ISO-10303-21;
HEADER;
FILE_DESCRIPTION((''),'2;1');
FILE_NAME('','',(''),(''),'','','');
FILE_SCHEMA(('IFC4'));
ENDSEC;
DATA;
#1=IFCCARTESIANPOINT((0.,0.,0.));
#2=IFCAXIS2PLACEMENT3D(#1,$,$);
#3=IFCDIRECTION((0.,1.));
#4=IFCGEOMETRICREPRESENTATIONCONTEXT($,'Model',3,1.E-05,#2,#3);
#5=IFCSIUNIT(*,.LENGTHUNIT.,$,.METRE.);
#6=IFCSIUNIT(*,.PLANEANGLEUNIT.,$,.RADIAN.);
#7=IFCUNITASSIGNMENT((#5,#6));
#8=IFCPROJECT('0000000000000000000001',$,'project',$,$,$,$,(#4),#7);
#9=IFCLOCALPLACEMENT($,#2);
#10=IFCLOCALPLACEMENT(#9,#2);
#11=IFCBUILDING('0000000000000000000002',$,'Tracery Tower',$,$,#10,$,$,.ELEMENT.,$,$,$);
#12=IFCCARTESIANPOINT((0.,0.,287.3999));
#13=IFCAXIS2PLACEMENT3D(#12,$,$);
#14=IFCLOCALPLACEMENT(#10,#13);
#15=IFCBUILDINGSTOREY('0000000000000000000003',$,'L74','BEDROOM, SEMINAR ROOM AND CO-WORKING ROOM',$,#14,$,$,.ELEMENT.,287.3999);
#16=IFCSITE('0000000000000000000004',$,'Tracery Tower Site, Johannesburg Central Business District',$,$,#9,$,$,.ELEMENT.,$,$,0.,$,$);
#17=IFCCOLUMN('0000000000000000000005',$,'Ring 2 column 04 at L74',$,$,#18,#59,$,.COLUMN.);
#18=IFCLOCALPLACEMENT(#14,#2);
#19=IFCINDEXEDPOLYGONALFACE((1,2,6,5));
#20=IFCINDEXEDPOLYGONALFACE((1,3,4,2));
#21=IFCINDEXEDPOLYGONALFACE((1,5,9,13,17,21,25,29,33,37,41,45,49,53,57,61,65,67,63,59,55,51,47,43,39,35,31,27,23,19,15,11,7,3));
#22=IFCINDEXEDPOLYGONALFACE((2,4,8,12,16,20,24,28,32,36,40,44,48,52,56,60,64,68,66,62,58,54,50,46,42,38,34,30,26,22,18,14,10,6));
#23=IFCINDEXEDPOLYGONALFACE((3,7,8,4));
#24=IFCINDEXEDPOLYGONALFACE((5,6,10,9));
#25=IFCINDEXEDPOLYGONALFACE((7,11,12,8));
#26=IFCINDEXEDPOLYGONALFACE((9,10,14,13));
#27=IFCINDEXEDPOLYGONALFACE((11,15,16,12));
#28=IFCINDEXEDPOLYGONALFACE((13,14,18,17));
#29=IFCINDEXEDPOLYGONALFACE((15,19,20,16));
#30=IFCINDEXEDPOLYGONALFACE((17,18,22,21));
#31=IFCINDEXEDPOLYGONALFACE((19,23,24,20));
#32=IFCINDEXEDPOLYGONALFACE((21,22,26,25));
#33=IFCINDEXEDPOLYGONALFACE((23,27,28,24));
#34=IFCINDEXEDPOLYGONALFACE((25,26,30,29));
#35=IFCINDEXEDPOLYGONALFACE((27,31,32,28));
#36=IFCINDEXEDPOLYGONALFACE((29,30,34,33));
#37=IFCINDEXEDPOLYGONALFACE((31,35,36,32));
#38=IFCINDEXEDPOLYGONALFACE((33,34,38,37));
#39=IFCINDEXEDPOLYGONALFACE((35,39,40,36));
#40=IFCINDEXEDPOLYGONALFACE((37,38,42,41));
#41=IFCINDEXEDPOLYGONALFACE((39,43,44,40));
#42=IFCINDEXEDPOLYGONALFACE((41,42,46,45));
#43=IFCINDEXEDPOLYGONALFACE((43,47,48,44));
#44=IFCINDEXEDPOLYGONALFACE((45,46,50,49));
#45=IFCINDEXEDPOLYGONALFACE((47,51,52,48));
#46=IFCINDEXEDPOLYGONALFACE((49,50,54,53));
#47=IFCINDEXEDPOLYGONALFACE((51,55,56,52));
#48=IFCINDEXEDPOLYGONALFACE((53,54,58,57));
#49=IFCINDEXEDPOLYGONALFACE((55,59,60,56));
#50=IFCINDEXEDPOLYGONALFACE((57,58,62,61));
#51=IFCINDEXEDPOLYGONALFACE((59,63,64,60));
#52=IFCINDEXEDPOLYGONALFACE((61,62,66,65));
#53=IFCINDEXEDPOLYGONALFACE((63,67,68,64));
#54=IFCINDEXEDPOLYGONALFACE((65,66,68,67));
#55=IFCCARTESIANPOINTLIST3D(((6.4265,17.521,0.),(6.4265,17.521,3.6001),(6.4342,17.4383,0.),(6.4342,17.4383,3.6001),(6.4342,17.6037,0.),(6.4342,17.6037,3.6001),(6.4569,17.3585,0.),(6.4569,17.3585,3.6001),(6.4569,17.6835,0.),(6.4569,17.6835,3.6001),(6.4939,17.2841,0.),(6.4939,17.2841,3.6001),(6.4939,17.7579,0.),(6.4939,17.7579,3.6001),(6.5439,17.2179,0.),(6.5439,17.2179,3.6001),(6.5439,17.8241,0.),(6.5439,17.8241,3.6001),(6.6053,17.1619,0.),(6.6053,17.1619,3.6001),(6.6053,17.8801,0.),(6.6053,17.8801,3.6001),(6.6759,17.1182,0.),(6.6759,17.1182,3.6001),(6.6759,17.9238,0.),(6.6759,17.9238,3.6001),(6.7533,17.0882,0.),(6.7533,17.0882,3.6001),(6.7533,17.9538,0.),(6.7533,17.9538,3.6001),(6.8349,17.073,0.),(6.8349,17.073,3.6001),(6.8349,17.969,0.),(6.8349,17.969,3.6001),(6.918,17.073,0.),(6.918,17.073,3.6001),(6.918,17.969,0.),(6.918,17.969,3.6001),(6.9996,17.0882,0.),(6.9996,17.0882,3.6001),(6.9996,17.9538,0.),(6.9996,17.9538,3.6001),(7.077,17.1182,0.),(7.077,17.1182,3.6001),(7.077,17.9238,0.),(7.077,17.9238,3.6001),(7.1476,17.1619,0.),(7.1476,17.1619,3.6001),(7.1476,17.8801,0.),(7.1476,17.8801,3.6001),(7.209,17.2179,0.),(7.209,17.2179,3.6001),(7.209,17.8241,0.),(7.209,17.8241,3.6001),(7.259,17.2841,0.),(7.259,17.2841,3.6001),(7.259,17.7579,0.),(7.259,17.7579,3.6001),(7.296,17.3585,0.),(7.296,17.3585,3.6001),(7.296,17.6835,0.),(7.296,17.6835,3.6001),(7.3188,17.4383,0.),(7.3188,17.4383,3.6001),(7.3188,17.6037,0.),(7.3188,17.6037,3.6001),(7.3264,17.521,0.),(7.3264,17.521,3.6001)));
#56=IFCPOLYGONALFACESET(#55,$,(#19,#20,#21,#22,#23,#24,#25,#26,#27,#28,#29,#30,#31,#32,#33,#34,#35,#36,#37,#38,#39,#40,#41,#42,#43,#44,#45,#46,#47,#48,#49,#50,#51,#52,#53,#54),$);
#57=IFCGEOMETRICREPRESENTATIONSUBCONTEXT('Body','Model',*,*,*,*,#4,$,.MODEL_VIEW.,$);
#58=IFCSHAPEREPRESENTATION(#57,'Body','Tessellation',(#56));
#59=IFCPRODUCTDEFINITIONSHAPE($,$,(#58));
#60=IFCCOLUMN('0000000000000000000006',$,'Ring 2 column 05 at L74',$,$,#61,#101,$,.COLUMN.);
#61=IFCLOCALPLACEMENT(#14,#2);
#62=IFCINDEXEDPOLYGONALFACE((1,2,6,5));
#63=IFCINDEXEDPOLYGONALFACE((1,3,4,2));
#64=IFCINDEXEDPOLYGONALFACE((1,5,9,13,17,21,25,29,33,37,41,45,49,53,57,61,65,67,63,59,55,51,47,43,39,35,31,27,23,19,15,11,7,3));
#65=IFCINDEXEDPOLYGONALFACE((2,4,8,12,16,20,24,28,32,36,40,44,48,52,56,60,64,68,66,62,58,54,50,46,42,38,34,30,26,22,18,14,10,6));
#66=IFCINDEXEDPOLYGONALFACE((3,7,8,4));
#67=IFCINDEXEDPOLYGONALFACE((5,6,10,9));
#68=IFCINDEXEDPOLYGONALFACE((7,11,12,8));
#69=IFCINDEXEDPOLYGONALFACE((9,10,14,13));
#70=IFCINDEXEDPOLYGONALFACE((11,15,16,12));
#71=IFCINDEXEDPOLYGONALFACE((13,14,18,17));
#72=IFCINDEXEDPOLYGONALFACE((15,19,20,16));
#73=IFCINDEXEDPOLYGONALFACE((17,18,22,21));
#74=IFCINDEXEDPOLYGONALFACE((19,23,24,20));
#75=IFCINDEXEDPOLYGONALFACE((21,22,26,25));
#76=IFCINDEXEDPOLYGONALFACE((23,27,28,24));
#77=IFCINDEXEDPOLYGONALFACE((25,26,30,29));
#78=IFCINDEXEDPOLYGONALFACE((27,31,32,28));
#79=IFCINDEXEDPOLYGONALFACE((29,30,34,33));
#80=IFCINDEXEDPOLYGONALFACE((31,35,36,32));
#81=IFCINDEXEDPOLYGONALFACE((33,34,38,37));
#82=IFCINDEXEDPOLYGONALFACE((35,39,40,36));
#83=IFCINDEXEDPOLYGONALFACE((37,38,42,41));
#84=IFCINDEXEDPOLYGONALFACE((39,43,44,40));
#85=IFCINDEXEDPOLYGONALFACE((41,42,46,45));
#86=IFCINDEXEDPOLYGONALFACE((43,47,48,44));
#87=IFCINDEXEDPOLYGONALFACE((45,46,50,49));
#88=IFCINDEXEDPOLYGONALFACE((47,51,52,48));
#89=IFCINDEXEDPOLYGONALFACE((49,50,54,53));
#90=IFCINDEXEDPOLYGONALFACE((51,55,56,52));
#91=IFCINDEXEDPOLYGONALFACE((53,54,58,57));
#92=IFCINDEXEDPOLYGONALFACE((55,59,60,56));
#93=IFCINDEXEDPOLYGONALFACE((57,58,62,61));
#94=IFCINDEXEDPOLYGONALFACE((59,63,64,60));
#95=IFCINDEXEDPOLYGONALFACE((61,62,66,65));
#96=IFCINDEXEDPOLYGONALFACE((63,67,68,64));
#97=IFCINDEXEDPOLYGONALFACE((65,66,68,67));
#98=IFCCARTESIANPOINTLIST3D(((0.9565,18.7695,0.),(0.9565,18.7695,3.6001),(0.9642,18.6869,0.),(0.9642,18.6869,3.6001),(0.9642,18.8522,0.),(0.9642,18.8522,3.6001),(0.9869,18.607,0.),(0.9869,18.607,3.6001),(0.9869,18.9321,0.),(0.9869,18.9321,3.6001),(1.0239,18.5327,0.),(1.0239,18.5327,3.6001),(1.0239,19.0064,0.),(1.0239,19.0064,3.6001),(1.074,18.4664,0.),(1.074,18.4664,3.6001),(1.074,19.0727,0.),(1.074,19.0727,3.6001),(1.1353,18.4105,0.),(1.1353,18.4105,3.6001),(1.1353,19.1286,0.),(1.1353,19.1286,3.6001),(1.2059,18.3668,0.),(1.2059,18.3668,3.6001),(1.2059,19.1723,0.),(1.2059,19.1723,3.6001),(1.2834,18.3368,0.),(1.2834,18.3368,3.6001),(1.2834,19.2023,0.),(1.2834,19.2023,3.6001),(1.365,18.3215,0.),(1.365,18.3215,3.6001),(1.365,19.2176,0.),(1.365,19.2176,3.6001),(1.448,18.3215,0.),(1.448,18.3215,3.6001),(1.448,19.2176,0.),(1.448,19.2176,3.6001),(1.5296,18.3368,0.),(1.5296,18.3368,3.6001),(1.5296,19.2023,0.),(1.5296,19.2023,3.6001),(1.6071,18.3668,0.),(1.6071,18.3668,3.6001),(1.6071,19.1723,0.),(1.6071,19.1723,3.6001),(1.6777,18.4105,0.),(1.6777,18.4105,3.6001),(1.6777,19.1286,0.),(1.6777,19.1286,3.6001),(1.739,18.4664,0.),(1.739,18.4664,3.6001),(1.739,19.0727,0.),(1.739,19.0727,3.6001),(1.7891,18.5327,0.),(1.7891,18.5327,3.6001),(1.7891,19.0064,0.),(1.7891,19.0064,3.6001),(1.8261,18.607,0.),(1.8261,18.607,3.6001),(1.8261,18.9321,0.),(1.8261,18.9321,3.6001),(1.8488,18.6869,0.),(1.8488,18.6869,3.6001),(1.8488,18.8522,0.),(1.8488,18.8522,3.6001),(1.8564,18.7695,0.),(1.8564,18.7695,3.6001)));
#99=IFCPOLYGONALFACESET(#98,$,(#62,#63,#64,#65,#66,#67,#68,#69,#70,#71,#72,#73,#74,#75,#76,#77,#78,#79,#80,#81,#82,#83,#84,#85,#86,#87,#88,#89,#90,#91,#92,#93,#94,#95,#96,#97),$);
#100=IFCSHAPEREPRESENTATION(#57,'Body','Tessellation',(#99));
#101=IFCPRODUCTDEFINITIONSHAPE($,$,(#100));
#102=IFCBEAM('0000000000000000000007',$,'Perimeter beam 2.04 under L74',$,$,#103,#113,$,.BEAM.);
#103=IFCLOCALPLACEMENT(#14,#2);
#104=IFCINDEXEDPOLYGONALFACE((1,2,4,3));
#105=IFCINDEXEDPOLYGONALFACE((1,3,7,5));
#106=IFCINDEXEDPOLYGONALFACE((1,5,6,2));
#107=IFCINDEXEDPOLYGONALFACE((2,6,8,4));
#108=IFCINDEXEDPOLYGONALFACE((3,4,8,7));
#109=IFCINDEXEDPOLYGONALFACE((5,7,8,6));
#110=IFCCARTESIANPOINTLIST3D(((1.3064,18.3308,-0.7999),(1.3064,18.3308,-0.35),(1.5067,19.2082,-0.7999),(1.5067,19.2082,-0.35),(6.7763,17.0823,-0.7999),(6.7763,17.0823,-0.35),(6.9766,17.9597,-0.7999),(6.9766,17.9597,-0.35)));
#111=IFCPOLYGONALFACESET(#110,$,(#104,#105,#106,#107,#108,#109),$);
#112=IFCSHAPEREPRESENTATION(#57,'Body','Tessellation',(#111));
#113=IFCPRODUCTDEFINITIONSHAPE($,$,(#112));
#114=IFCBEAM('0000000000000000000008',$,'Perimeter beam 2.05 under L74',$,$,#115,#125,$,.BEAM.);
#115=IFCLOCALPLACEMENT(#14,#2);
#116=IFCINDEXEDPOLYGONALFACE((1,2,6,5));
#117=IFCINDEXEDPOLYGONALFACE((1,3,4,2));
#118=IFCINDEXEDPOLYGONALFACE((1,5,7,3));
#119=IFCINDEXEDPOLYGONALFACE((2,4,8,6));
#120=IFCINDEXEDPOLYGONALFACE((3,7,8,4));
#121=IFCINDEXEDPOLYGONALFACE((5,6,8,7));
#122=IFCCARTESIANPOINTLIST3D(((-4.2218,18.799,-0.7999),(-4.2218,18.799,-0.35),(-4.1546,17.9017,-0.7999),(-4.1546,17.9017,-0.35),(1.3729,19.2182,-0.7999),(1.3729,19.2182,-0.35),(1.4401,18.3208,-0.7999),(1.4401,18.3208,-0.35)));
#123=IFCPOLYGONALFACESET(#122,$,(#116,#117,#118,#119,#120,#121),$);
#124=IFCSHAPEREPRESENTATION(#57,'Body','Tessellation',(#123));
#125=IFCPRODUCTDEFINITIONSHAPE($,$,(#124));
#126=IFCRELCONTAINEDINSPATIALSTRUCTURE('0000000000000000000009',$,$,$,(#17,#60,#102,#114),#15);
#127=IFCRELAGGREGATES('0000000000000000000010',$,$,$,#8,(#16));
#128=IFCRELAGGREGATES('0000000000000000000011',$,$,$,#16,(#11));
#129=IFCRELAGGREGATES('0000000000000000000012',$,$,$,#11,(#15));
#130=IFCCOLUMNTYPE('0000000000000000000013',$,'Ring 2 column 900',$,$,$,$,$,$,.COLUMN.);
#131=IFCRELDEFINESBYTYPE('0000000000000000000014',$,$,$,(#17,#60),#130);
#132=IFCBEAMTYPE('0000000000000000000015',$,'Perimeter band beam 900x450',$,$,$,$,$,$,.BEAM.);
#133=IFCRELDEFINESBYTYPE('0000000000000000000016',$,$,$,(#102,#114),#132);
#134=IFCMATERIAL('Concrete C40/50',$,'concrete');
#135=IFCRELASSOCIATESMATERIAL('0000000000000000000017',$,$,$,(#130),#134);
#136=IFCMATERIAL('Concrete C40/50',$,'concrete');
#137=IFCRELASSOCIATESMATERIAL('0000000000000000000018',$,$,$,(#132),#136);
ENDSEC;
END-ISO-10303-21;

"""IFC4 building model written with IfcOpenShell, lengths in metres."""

from ifc_helpers import new_model, si_unit, direction, frame, origin, origin_2d, place, context, subcontext, project, spatial, rectangle, circle, extrude, material, material_profile, profile_set, type_object, element, save


model = new_model("IFC4")

# Units and contexts
model_context = context("Model", 3, precision=1e-05, world=origin(), true_north=direction((0.0, 1.0)))
body_context = subcontext(model_context, "Body", "Model", "MODEL_VIEW")
ifc_project = project(units=[si_unit("LENGTHUNIT", "METRE"), si_unit("PLANEANGLEUNIT", "RADIAN")], contexts=[model_context])

# Site, building, storey
site_placement = place(None, origin())
site = spatial("IfcSite", under=ifc_project, at=site_placement, Name="Tracery Tower Site, Johannesburg Central Business District", CompositionType="ELEMENT", RefElevation=0.0)
building_placement = place(site_placement, origin())
building = spatial("IfcBuilding", under=site, at=building_placement, Name="Tracery Tower", CompositionType="ELEMENT")
storey_placement = place(building_placement, frame((0.0, 0.0, 287.3999)))
storey = spatial("IfcBuildingStorey", under=building, at=storey_placement, Name="L74", Description="BEDROOM, SEMINAR ROOM AND CO-WORKING ROOM", CompositionType="ELEMENT", Elevation=287.3999)

# Columns
ifc_material_1 = material(Name="Concrete C40/50", Category="concrete")
ifc_material_profile_1 = material_profile(ifc_material_1, circle(Radius=0.45, at=origin_2d()), Name="RC D900")
ifc_profile_set_1 = profile_set([ifc_material_profile_1], Name="Concrete C40/50")
column_type = type_object("IfcColumnType", Name="Ring 2 column 900", PredefinedType="COLUMN", material=ifc_profile_set_1)
for number, where, z_axis, x_axis, name in (
    (1, (6.8765, 17.521, 0.0), (0.0, 0.0, 1.0), (1.0, 0.0, 0.0), "Ring 2 column 04 at L74"),
    (2, (1.4065, 18.7695, 0.0), (0.0, 0.0, 1.0), (1.0, 0.0, 0.0), "Ring 2 column 05 at L74"),
):
    element("IfcColumn", number, at=place(storey_placement, frame(where, z_axis=z_axis, x_axis=x_axis)), inside=storey, type_object=column_type, Name=name, PredefinedType="COLUMN", context=body_context, shape_type="SweptSolid", body=[
        extrude(circle(Radius=0.45, at=origin_2d()), origin(), (0.0, 0.0, 1.0), 3.6001),
    ])

# Beams
ifc_material_2 = material(Name="Concrete C40/50", Category="concrete")
ifc_material_profile_2 = material_profile(ifc_material_2, rectangle(XDim=0.8999, YDim=0.45, at=origin_2d()), Name="RC 900x450")
ifc_profile_set_2 = profile_set([ifc_material_profile_2], Name="Concrete C40/50")
beam_type = type_object("IfcBeamType", Name="Perimeter band beam 900x450", PredefinedType="BEAM", material=ifc_profile_set_2)
beam_1_placement = place(storey_placement, frame((6.8765, 17.521, -0.575), z_axis=(-0.974926, 0.222529, 0.0), x_axis=(-0.222529, -0.974926, 0.0)))
element("IfcBeam", 3, at=beam_1_placement, inside=storey, type_object=beam_type, Name="Perimeter beam 2.04 under L74", PredefinedType="BEAM", context=body_context, shape_type="SweptSolid", body=[
    extrude(rectangle(XDim=0.8999, YDim=0.45, at=origin_2d()), origin(), (0.0, 0.0, 1.0), 5.6106),
])
beam_2_placement = place(storey_placement, frame((1.4065, 18.7695, -0.575), z_axis=(-0.997205, -0.074716, 0.0), x_axis=(0.074716, -0.997205, 0.0)))
element("IfcBeam", 4, at=beam_2_placement, inside=storey, type_object=beam_type, Name="Perimeter beam 2.05 under L74", PredefinedType="BEAM", context=body_context, shape_type="SweptSolid", body=[
    extrude(rectangle(XDim=0.8999, YDim=0.45, at=origin_2d()), origin(), (0.0, 0.0, 1.0), 5.6104),
])

save(model, "model.ifc")
